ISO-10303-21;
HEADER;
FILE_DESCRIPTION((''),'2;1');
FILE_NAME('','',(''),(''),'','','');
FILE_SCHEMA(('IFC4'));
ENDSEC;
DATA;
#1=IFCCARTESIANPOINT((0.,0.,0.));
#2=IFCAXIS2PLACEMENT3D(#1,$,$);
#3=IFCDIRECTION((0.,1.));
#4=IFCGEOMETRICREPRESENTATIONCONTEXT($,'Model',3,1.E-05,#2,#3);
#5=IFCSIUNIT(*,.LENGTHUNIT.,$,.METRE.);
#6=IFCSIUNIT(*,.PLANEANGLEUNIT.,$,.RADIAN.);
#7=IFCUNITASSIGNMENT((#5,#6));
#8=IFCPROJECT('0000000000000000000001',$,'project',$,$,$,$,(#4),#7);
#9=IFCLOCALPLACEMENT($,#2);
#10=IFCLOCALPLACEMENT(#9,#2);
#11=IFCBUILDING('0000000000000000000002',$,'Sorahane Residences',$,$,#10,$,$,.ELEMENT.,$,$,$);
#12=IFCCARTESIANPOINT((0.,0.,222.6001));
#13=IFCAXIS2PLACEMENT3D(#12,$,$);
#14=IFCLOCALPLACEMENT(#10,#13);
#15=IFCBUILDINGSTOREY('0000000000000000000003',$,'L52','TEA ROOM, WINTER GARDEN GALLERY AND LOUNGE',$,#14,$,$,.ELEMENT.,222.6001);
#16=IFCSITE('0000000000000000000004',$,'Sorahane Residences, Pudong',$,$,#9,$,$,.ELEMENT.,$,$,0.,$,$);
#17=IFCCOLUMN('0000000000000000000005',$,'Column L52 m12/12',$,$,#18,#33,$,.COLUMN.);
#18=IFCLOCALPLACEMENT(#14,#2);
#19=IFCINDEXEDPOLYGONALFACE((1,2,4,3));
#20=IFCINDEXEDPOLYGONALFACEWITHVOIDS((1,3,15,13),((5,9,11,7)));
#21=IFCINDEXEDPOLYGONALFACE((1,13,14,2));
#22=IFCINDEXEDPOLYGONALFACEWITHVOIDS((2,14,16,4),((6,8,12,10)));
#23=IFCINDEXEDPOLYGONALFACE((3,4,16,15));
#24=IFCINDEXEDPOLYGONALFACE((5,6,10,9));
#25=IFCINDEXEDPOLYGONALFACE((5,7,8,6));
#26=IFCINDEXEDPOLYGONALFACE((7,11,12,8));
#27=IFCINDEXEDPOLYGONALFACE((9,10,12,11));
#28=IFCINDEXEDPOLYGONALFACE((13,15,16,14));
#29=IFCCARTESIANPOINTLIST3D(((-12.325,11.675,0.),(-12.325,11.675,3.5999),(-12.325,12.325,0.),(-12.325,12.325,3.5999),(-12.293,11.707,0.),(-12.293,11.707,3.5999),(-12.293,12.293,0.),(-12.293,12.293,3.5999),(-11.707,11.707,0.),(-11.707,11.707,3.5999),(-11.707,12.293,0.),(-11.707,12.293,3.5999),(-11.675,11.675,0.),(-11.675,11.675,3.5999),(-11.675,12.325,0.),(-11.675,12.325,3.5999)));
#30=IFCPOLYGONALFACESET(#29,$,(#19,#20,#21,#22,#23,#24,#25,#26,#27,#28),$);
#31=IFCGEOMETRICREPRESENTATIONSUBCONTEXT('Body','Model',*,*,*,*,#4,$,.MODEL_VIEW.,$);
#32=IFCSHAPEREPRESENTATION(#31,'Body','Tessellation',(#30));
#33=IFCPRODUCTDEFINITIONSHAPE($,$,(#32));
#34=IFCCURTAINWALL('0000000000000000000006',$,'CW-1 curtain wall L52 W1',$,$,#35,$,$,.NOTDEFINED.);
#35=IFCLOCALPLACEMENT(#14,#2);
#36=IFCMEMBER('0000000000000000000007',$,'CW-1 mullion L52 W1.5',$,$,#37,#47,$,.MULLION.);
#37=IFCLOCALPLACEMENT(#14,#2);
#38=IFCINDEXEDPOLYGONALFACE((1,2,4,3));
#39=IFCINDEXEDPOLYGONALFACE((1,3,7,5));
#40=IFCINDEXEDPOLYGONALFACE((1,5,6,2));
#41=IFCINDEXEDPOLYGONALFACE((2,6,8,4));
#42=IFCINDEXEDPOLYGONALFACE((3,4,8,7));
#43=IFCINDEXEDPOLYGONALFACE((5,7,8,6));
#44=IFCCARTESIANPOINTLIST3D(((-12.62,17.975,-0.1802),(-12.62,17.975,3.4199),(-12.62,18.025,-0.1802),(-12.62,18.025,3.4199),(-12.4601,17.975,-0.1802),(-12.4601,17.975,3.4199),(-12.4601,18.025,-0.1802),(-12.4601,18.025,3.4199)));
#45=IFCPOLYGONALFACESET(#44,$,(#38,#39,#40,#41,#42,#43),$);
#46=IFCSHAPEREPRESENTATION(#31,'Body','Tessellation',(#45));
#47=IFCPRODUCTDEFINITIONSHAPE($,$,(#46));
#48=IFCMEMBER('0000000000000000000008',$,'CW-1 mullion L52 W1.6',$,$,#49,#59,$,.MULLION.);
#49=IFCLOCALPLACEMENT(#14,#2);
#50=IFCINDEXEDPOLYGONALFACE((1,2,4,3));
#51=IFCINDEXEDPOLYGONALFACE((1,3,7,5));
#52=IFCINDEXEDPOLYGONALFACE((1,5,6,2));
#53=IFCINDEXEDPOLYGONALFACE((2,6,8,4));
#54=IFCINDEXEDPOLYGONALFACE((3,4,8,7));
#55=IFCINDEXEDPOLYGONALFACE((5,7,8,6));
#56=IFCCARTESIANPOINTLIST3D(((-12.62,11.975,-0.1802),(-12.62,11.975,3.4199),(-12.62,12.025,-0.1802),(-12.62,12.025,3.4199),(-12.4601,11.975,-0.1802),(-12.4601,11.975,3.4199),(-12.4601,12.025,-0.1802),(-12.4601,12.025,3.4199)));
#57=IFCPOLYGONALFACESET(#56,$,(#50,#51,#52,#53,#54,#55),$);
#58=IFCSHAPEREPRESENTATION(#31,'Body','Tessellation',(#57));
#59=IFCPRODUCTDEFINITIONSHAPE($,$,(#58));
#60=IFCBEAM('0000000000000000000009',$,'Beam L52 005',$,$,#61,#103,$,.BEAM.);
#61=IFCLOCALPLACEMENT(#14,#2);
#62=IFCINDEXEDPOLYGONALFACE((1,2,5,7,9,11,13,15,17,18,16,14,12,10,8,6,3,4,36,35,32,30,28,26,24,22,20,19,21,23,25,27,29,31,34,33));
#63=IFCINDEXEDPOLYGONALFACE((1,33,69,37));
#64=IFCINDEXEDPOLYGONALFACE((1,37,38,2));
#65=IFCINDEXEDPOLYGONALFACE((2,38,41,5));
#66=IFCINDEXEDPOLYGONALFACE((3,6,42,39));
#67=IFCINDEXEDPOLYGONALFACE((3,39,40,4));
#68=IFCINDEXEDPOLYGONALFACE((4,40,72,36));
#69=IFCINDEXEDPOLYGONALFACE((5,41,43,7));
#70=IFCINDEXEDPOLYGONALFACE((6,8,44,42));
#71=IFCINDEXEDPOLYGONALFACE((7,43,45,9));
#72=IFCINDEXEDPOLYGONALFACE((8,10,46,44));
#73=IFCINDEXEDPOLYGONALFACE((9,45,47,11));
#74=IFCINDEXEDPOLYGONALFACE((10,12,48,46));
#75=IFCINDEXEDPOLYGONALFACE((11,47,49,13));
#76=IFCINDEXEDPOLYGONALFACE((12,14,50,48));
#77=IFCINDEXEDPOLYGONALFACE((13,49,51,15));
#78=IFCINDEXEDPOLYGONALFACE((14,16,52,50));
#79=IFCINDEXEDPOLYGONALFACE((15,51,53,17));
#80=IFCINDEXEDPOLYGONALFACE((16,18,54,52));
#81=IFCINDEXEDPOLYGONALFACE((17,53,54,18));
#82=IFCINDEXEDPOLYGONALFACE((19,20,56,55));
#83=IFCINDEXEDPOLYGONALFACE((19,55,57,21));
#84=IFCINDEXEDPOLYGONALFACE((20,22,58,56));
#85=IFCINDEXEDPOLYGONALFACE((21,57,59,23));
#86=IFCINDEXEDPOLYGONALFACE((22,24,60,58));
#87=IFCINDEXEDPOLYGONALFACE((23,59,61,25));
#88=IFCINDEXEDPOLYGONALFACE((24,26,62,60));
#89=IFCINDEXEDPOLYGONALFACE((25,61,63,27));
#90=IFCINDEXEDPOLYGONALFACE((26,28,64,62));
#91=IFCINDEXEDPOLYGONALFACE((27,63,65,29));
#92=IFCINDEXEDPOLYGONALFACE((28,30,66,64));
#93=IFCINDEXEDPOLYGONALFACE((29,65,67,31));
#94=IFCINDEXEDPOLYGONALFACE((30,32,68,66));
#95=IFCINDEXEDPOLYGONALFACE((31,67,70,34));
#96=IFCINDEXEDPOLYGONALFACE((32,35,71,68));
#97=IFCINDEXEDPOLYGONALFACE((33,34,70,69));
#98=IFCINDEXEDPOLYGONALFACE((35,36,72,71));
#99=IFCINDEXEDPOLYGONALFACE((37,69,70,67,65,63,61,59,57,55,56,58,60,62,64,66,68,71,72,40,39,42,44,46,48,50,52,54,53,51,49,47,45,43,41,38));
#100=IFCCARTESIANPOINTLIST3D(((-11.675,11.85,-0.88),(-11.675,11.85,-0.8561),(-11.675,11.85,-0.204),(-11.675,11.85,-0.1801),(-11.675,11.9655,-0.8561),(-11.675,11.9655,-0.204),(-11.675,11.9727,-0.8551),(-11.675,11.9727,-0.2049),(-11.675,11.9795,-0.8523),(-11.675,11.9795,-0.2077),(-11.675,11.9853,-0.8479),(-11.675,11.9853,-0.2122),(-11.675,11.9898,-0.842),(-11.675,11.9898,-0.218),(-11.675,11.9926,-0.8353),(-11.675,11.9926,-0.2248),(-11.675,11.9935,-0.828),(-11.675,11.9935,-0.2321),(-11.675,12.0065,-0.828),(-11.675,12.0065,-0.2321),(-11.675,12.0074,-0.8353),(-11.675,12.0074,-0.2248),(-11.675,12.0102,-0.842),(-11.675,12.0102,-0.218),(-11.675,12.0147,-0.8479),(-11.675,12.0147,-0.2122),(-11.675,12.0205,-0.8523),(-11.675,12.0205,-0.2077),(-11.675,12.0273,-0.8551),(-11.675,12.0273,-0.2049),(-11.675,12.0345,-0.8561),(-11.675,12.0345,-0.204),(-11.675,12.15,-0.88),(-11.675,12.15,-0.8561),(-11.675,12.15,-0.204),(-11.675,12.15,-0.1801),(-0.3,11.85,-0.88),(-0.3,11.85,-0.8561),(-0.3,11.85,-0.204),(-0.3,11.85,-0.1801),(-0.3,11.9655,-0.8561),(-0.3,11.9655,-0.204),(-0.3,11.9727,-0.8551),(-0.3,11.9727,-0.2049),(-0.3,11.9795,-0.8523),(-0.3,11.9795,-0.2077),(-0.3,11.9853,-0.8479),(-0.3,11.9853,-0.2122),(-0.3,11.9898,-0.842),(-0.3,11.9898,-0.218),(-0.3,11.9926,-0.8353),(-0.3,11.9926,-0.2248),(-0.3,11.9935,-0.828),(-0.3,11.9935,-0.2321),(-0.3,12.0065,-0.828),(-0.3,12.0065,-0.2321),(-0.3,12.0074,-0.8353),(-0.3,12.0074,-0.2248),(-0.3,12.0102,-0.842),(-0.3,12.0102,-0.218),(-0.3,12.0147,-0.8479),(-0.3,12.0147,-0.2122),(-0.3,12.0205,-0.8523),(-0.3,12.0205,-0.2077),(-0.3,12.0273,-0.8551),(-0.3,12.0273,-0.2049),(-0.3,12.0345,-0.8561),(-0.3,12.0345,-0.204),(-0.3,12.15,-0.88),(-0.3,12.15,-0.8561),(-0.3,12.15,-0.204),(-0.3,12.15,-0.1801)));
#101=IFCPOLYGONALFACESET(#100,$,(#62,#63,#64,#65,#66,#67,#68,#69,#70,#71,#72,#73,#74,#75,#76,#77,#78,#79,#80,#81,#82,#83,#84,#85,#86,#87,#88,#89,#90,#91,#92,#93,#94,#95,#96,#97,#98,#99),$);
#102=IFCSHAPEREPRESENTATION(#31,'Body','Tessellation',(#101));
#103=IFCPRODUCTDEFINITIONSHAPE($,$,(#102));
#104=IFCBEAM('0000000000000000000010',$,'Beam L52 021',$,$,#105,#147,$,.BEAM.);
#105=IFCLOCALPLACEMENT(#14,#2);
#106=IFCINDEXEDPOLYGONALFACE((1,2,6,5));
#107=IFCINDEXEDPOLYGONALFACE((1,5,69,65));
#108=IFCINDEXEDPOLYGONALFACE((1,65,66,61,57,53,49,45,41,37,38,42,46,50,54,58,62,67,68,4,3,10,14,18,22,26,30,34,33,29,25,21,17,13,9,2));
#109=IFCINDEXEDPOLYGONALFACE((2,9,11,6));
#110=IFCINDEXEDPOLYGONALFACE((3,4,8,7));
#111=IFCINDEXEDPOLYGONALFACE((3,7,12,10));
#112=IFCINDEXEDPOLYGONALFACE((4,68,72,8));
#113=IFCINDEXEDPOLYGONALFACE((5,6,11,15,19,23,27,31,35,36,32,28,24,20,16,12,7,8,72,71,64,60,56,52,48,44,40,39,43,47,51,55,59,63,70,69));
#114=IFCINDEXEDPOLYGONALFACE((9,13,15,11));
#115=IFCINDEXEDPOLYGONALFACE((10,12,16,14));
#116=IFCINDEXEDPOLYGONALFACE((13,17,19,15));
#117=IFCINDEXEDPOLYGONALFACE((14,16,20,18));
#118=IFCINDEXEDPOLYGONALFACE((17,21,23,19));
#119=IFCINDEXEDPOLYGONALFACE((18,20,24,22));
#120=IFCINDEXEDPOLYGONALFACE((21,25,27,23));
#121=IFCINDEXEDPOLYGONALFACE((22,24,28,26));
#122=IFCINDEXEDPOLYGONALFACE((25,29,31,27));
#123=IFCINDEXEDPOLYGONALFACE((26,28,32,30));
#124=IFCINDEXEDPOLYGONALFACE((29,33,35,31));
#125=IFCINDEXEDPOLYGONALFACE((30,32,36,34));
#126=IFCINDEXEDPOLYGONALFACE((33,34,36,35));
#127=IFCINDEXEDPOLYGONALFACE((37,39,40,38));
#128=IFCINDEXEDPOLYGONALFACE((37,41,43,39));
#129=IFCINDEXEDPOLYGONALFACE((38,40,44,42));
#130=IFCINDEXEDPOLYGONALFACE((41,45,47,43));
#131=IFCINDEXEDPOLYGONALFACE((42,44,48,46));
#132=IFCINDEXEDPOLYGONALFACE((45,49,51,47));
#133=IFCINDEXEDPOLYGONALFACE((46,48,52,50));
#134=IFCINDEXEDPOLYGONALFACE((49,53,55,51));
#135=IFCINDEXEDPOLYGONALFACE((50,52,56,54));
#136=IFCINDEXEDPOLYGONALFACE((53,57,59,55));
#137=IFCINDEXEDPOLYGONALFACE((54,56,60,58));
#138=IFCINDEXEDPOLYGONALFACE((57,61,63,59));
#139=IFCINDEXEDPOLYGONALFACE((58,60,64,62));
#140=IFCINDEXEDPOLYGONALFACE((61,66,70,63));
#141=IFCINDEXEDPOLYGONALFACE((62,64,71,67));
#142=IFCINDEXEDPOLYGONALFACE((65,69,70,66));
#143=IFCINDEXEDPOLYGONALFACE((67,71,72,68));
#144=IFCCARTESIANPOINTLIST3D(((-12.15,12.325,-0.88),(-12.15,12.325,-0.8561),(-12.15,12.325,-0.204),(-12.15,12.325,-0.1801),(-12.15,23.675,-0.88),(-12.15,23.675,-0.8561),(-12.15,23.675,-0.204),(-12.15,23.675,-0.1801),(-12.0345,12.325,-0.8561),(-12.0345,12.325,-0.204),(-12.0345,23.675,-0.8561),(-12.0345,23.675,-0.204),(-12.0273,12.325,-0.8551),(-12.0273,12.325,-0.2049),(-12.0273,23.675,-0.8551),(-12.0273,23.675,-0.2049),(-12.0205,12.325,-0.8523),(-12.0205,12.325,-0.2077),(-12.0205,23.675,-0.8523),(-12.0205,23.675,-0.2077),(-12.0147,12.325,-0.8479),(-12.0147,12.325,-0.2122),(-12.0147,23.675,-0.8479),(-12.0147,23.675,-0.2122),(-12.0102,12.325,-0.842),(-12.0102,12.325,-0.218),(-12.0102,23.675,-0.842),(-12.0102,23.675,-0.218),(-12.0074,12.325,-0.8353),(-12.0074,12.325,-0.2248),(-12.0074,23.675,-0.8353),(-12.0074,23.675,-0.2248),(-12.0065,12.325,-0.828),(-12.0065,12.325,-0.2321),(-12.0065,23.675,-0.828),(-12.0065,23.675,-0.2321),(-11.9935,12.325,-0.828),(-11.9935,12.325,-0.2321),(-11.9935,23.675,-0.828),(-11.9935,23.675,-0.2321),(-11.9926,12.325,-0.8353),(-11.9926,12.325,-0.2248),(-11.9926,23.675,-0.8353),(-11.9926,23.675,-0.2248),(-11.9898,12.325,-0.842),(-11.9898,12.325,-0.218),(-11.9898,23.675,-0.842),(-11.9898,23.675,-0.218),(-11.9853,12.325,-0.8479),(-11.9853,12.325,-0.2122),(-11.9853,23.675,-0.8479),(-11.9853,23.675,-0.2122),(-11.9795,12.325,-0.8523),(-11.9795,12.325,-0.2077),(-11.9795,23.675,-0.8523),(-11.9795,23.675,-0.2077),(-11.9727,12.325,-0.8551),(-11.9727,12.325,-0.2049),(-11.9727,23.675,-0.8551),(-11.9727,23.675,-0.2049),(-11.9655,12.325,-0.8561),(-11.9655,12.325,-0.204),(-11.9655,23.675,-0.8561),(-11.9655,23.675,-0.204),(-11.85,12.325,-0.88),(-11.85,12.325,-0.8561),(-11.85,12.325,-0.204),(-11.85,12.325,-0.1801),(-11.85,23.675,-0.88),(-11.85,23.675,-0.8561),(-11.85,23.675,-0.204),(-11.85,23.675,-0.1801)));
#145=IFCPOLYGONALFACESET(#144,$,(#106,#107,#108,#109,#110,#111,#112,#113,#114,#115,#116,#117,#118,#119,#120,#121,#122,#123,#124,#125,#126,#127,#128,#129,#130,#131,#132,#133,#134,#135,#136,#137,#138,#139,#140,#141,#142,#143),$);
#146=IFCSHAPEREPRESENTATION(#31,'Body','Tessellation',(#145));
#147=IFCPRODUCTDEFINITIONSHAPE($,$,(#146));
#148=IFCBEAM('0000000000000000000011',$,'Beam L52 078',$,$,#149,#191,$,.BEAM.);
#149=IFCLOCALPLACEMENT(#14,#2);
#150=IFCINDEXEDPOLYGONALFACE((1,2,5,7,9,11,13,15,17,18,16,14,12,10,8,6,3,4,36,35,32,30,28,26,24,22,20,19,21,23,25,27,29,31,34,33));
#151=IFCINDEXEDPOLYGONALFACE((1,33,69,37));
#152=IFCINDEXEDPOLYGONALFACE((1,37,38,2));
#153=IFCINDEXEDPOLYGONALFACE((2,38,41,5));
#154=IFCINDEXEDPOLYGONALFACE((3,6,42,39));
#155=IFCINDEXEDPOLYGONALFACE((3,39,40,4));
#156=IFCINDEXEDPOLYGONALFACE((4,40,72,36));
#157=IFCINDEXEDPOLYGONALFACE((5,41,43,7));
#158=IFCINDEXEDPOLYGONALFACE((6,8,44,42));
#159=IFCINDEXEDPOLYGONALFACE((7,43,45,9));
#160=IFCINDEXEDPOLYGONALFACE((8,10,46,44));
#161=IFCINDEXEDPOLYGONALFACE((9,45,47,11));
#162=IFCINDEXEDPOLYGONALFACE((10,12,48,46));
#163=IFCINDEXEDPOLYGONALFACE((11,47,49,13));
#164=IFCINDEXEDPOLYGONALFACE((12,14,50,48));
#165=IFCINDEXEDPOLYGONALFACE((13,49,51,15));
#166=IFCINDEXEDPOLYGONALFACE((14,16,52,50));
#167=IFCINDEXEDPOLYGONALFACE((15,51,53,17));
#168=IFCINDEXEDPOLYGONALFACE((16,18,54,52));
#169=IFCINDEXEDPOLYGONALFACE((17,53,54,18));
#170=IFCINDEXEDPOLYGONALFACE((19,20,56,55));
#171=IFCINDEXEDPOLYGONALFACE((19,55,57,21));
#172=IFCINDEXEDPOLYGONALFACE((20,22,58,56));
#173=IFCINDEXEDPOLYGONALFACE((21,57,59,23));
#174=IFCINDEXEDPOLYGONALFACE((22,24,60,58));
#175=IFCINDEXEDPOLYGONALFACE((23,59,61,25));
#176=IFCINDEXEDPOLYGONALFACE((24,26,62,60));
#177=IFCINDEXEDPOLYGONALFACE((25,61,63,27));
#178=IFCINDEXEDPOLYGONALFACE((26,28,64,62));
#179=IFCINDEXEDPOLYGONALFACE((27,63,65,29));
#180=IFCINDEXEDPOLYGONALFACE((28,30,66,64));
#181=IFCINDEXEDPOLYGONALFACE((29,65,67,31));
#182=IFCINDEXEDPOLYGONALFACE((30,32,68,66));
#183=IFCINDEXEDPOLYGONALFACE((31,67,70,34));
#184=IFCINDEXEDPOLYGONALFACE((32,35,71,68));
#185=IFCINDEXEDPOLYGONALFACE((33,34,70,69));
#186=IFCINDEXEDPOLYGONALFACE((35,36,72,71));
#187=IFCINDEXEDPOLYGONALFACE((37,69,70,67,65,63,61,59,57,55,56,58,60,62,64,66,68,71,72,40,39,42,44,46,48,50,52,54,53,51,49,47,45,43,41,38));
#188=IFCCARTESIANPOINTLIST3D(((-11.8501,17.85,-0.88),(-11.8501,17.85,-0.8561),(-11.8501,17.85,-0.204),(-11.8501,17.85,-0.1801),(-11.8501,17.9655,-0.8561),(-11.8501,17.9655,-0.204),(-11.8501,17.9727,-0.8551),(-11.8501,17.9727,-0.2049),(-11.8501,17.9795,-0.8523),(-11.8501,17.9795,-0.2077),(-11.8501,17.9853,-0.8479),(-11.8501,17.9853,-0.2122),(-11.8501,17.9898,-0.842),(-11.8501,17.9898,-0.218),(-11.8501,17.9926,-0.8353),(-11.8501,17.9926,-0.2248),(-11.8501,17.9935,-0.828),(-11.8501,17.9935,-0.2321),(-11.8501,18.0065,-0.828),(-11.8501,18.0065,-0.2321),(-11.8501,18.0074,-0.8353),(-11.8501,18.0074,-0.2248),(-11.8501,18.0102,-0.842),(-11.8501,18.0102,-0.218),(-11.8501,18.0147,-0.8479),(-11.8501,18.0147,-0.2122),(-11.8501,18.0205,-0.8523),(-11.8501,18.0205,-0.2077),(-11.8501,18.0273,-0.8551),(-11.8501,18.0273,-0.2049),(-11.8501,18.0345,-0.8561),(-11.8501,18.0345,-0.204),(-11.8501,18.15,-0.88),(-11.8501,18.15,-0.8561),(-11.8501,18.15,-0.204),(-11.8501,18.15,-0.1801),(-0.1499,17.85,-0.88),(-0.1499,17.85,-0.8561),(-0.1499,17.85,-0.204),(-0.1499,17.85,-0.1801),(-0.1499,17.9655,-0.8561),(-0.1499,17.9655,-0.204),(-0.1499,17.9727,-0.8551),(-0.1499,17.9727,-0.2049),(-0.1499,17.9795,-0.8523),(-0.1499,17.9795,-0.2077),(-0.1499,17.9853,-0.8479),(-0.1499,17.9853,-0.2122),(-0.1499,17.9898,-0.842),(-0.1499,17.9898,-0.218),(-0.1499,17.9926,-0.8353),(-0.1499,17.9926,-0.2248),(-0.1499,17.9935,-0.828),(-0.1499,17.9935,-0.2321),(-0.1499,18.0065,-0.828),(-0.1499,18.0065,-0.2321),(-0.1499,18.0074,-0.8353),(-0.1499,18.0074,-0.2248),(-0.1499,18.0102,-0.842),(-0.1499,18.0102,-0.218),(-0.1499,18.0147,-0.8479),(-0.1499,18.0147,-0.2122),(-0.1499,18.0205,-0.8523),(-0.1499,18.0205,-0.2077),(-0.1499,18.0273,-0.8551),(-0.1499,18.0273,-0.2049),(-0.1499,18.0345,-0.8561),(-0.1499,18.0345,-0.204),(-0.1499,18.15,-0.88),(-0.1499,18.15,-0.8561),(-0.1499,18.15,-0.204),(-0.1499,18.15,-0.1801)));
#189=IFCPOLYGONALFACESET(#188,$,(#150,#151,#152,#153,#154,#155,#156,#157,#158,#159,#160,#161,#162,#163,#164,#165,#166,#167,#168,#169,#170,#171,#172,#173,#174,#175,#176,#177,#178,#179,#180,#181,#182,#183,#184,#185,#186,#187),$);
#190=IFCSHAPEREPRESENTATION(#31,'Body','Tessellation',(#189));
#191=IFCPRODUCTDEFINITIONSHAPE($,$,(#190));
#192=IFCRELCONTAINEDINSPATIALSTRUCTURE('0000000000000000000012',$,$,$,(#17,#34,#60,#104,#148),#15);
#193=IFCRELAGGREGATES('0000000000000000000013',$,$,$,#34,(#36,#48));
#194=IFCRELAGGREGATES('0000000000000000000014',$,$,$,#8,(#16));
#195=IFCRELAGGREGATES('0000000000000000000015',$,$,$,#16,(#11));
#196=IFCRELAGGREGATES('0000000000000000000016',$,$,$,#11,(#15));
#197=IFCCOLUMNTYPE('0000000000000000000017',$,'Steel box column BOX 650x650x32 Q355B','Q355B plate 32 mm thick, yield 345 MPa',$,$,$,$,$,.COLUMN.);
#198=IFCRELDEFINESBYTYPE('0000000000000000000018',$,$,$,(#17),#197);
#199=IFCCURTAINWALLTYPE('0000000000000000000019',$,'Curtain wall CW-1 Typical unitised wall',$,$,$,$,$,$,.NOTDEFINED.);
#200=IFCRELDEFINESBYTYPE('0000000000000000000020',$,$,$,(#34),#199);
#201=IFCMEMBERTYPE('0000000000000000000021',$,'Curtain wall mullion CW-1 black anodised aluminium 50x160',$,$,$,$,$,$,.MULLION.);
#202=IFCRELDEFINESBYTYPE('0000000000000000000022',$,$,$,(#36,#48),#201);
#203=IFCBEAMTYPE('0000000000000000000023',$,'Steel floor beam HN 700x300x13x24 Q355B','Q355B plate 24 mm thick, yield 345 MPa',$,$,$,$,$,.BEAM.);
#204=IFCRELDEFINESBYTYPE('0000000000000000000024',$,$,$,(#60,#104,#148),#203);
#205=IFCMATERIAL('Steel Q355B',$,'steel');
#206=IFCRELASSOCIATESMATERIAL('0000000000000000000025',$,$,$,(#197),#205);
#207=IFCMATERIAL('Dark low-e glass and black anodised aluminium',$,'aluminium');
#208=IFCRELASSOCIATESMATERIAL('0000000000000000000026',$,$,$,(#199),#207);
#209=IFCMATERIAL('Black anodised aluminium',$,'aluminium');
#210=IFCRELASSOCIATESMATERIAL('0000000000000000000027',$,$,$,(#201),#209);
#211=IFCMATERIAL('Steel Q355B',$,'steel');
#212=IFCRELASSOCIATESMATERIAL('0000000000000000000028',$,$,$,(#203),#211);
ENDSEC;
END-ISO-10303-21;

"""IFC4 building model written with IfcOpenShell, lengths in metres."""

from ifc_helpers import new_model, si_unit, direction, frame, origin, origin_2d, place, context, subcontext, project, spatial, rectangle, hollow_rectangle, i_section, extrude, material, material_profile, profile_set, type_object, element, aggregate, save


model = new_model("IFC4")

# Units and contexts
model_context = context("Model", 3, precision=1e-05, world=origin(), true_north=direction((0.0, 1.0)))
body_context = subcontext(model_context, "Body", "Model", "MODEL_VIEW")
ifc_project = project(units=[si_unit("LENGTHUNIT", "METRE"), si_unit("PLANEANGLEUNIT", "RADIAN")], contexts=[model_context])

# Site, building, storey
site_placement = place(None, origin())
site = spatial("IfcSite", under=ifc_project, at=site_placement, Name="Sorahane Residences, Pudong", CompositionType="ELEMENT", RefElevation=0.0)
building_placement = place(site_placement, origin())
building = spatial("IfcBuilding", under=site, at=building_placement, Name="Sorahane Residences", CompositionType="ELEMENT")
storey_placement = place(building_placement, frame((0.0, 0.0, 222.6001)))
storey = spatial("IfcBuildingStorey", under=building, at=storey_placement, Name="L52", Description="TEA ROOM, WINTER GARDEN GALLERY AND LOUNGE", CompositionType="ELEMENT", Elevation=222.6001)

# Column
ifc_material_1 = material(Name="Steel Q355B", Category="steel")
ifc_material_profile_1 = material_profile(ifc_material_1, hollow_rectangle(XDim=0.6499, YDim=0.6499, WallThickness=0.032, at=origin_2d()), Name="BOX 650x650x32")
ifc_profile_set_1 = profile_set([ifc_material_profile_1], Name="Steel Q355B")
column_type = type_object("IfcColumnType", Name="Steel box column BOX 650x650x32 Q355B", Description="Q355B plate 32 mm thick, yield 345 MPa", PredefinedType="COLUMN", material=ifc_profile_set_1)
column_placement = place(storey_placement, frame((-12.0, 12.0, 0.0), z_axis=(0.0, 0.0, 1.0), x_axis=(1.0, 0.0, 0.0)))
element("IfcColumn", 1, at=column_placement, inside=storey, type_object=column_type, Name="Column L52 m12/12", PredefinedType="COLUMN", context=body_context, shape_type="SweptSolid", body=[
    extrude(hollow_rectangle(XDim=0.6499, YDim=0.6499, WallThickness=0.032, at=origin_2d()), origin(), (0.0, 0.0, 1.0), 3.5999),
])

# Curtain wall, members
ifc_material_2 = material(Name="Dark low-e glass and black anodised aluminium", Category="aluminium")
curtain_wall_type = type_object("IfcCurtainWallType", Name="Curtain wall CW-1 Typical unitised wall", PredefinedType="NOTDEFINED", material=ifc_material_2)
curtain_wall_placement = place(storey_placement, origin())
curtain_wall = element("IfcCurtainWall", 2, at=curtain_wall_placement, inside=storey, type_object=curtain_wall_type, Name="CW-1 curtain wall L52 W1", PredefinedType="NOTDEFINED")
ifc_material_3 = material(Name="Black anodised aluminium", Category="aluminium")
ifc_material_profile_2 = material_profile(ifc_material_3, rectangle(XDim=0.1599, YDim=0.05, at=origin_2d()), Name="Curtain wall mullion CW-1 black anodised aluminium 50x160")
ifc_profile_set_2 = profile_set([ifc_material_profile_2], Name="Black anodised aluminium")
member_type = type_object("IfcMemberType", Name="Curtain wall mullion CW-1 black anodised aluminium 50x160", PredefinedType="MULLION", material=ifc_profile_set_2)
member_1_placement = place(storey_placement, frame((-12.54, 18.0, -0.1802), z_axis=(0.0, 0.0, 1.0), x_axis=(-1.0, 0.0, 0.0)))
member_1 = element("IfcMember", 3, at=member_1_placement, type_object=member_type, Name="CW-1 mullion L52 W1.5", PredefinedType="MULLION", context=body_context, shape_type="SweptSolid", body=[
    extrude(rectangle(XDim=0.1599, YDim=0.05, at=origin_2d()), origin(), (0.0, 0.0, 1.0), 3.6001),
])
member_2_placement = place(storey_placement, frame((-12.54, 12.0, -0.1802), z_axis=(0.0, 0.0, 1.0), x_axis=(-1.0, 0.0, 0.0)))
member_2 = element("IfcMember", 4, at=member_2_placement, type_object=member_type, Name="CW-1 mullion L52 W1.6", PredefinedType="MULLION", context=body_context, shape_type="SweptSolid", body=[
    extrude(rectangle(XDim=0.1599, YDim=0.05, at=origin_2d()), origin(), (0.0, 0.0, 1.0), 3.6001),
])

# Beams
ifc_material_4 = material(Name="Steel Q355B", Category="steel")
ifc_material_profile_3 = material_profile(ifc_material_4, i_section(OverallWidth=0.3, OverallDepth=0.7, WebThickness=0.0129, FlangeThickness=0.0239, FilletRadius=0.0281, at=origin_2d()), Name="HN 700x300x13x24")
ifc_profile_set_3 = profile_set([ifc_material_profile_3], Name="Steel Q355B")
beam_type = type_object("IfcBeamType", Name="Steel floor beam HN 700x300x13x24 Q355B", Description="Q355B plate 24 mm thick, yield 345 MPa", PredefinedType="BEAM", material=ifc_profile_set_3)
beam_1_placement = place(storey_placement, frame((-11.675, 12.0, -0.53), z_axis=(1.0, 0.0, 0.0), x_axis=(0.0, 1.0, 0.0)))
element("IfcBeam", 5, at=beam_1_placement, inside=storey, type_object=beam_type, Name="Beam L52 005", PredefinedType="BEAM", context=body_context, shape_type="SweptSolid", body=[
    extrude(i_section(OverallWidth=0.3, OverallDepth=0.7, WebThickness=0.0129, FlangeThickness=0.0239, FilletRadius=0.0281, at=origin_2d()), origin(), (0.0, 0.0, 1.0), 11.375),
])
beam_2_placement = place(storey_placement, frame((-12.0, 12.325, -0.53), z_axis=(0.0, 1.0, 0.0), x_axis=(-1.0, 0.0, 0.0)))
element("IfcBeam", 6, at=beam_2_placement, inside=storey, type_object=beam_type, Name="Beam L52 021", PredefinedType="BEAM", context=body_context, shape_type="SweptSolid", body=[
    extrude(i_section(OverallWidth=0.3, OverallDepth=0.7, WebThickness=0.0129, FlangeThickness=0.0239, FilletRadius=0.0281, at=origin_2d()), origin(), (0.0, 0.0, 1.0), 11.3501),
])
beam_3_placement = place(storey_placement, frame((-11.8501, 18.0, -0.53), z_axis=(1.0, 0.0, 0.0), x_axis=(0.0, 1.0, 0.0)))
element("IfcBeam", 7, at=beam_3_placement, inside=storey, type_object=beam_type, Name="Beam L52 078", PredefinedType="BEAM", context=body_context, shape_type="SweptSolid", body=[
    extrude(i_section(OverallWidth=0.3, OverallDepth=0.7, WebThickness=0.0129, FlangeThickness=0.0239, FilletRadius=0.0281, at=origin_2d()), origin(), (0.0, 0.0, 1.0), 11.7002),
])

aggregate(curtain_wall, [member_1, member_2])

save(model, "model.ifc")
